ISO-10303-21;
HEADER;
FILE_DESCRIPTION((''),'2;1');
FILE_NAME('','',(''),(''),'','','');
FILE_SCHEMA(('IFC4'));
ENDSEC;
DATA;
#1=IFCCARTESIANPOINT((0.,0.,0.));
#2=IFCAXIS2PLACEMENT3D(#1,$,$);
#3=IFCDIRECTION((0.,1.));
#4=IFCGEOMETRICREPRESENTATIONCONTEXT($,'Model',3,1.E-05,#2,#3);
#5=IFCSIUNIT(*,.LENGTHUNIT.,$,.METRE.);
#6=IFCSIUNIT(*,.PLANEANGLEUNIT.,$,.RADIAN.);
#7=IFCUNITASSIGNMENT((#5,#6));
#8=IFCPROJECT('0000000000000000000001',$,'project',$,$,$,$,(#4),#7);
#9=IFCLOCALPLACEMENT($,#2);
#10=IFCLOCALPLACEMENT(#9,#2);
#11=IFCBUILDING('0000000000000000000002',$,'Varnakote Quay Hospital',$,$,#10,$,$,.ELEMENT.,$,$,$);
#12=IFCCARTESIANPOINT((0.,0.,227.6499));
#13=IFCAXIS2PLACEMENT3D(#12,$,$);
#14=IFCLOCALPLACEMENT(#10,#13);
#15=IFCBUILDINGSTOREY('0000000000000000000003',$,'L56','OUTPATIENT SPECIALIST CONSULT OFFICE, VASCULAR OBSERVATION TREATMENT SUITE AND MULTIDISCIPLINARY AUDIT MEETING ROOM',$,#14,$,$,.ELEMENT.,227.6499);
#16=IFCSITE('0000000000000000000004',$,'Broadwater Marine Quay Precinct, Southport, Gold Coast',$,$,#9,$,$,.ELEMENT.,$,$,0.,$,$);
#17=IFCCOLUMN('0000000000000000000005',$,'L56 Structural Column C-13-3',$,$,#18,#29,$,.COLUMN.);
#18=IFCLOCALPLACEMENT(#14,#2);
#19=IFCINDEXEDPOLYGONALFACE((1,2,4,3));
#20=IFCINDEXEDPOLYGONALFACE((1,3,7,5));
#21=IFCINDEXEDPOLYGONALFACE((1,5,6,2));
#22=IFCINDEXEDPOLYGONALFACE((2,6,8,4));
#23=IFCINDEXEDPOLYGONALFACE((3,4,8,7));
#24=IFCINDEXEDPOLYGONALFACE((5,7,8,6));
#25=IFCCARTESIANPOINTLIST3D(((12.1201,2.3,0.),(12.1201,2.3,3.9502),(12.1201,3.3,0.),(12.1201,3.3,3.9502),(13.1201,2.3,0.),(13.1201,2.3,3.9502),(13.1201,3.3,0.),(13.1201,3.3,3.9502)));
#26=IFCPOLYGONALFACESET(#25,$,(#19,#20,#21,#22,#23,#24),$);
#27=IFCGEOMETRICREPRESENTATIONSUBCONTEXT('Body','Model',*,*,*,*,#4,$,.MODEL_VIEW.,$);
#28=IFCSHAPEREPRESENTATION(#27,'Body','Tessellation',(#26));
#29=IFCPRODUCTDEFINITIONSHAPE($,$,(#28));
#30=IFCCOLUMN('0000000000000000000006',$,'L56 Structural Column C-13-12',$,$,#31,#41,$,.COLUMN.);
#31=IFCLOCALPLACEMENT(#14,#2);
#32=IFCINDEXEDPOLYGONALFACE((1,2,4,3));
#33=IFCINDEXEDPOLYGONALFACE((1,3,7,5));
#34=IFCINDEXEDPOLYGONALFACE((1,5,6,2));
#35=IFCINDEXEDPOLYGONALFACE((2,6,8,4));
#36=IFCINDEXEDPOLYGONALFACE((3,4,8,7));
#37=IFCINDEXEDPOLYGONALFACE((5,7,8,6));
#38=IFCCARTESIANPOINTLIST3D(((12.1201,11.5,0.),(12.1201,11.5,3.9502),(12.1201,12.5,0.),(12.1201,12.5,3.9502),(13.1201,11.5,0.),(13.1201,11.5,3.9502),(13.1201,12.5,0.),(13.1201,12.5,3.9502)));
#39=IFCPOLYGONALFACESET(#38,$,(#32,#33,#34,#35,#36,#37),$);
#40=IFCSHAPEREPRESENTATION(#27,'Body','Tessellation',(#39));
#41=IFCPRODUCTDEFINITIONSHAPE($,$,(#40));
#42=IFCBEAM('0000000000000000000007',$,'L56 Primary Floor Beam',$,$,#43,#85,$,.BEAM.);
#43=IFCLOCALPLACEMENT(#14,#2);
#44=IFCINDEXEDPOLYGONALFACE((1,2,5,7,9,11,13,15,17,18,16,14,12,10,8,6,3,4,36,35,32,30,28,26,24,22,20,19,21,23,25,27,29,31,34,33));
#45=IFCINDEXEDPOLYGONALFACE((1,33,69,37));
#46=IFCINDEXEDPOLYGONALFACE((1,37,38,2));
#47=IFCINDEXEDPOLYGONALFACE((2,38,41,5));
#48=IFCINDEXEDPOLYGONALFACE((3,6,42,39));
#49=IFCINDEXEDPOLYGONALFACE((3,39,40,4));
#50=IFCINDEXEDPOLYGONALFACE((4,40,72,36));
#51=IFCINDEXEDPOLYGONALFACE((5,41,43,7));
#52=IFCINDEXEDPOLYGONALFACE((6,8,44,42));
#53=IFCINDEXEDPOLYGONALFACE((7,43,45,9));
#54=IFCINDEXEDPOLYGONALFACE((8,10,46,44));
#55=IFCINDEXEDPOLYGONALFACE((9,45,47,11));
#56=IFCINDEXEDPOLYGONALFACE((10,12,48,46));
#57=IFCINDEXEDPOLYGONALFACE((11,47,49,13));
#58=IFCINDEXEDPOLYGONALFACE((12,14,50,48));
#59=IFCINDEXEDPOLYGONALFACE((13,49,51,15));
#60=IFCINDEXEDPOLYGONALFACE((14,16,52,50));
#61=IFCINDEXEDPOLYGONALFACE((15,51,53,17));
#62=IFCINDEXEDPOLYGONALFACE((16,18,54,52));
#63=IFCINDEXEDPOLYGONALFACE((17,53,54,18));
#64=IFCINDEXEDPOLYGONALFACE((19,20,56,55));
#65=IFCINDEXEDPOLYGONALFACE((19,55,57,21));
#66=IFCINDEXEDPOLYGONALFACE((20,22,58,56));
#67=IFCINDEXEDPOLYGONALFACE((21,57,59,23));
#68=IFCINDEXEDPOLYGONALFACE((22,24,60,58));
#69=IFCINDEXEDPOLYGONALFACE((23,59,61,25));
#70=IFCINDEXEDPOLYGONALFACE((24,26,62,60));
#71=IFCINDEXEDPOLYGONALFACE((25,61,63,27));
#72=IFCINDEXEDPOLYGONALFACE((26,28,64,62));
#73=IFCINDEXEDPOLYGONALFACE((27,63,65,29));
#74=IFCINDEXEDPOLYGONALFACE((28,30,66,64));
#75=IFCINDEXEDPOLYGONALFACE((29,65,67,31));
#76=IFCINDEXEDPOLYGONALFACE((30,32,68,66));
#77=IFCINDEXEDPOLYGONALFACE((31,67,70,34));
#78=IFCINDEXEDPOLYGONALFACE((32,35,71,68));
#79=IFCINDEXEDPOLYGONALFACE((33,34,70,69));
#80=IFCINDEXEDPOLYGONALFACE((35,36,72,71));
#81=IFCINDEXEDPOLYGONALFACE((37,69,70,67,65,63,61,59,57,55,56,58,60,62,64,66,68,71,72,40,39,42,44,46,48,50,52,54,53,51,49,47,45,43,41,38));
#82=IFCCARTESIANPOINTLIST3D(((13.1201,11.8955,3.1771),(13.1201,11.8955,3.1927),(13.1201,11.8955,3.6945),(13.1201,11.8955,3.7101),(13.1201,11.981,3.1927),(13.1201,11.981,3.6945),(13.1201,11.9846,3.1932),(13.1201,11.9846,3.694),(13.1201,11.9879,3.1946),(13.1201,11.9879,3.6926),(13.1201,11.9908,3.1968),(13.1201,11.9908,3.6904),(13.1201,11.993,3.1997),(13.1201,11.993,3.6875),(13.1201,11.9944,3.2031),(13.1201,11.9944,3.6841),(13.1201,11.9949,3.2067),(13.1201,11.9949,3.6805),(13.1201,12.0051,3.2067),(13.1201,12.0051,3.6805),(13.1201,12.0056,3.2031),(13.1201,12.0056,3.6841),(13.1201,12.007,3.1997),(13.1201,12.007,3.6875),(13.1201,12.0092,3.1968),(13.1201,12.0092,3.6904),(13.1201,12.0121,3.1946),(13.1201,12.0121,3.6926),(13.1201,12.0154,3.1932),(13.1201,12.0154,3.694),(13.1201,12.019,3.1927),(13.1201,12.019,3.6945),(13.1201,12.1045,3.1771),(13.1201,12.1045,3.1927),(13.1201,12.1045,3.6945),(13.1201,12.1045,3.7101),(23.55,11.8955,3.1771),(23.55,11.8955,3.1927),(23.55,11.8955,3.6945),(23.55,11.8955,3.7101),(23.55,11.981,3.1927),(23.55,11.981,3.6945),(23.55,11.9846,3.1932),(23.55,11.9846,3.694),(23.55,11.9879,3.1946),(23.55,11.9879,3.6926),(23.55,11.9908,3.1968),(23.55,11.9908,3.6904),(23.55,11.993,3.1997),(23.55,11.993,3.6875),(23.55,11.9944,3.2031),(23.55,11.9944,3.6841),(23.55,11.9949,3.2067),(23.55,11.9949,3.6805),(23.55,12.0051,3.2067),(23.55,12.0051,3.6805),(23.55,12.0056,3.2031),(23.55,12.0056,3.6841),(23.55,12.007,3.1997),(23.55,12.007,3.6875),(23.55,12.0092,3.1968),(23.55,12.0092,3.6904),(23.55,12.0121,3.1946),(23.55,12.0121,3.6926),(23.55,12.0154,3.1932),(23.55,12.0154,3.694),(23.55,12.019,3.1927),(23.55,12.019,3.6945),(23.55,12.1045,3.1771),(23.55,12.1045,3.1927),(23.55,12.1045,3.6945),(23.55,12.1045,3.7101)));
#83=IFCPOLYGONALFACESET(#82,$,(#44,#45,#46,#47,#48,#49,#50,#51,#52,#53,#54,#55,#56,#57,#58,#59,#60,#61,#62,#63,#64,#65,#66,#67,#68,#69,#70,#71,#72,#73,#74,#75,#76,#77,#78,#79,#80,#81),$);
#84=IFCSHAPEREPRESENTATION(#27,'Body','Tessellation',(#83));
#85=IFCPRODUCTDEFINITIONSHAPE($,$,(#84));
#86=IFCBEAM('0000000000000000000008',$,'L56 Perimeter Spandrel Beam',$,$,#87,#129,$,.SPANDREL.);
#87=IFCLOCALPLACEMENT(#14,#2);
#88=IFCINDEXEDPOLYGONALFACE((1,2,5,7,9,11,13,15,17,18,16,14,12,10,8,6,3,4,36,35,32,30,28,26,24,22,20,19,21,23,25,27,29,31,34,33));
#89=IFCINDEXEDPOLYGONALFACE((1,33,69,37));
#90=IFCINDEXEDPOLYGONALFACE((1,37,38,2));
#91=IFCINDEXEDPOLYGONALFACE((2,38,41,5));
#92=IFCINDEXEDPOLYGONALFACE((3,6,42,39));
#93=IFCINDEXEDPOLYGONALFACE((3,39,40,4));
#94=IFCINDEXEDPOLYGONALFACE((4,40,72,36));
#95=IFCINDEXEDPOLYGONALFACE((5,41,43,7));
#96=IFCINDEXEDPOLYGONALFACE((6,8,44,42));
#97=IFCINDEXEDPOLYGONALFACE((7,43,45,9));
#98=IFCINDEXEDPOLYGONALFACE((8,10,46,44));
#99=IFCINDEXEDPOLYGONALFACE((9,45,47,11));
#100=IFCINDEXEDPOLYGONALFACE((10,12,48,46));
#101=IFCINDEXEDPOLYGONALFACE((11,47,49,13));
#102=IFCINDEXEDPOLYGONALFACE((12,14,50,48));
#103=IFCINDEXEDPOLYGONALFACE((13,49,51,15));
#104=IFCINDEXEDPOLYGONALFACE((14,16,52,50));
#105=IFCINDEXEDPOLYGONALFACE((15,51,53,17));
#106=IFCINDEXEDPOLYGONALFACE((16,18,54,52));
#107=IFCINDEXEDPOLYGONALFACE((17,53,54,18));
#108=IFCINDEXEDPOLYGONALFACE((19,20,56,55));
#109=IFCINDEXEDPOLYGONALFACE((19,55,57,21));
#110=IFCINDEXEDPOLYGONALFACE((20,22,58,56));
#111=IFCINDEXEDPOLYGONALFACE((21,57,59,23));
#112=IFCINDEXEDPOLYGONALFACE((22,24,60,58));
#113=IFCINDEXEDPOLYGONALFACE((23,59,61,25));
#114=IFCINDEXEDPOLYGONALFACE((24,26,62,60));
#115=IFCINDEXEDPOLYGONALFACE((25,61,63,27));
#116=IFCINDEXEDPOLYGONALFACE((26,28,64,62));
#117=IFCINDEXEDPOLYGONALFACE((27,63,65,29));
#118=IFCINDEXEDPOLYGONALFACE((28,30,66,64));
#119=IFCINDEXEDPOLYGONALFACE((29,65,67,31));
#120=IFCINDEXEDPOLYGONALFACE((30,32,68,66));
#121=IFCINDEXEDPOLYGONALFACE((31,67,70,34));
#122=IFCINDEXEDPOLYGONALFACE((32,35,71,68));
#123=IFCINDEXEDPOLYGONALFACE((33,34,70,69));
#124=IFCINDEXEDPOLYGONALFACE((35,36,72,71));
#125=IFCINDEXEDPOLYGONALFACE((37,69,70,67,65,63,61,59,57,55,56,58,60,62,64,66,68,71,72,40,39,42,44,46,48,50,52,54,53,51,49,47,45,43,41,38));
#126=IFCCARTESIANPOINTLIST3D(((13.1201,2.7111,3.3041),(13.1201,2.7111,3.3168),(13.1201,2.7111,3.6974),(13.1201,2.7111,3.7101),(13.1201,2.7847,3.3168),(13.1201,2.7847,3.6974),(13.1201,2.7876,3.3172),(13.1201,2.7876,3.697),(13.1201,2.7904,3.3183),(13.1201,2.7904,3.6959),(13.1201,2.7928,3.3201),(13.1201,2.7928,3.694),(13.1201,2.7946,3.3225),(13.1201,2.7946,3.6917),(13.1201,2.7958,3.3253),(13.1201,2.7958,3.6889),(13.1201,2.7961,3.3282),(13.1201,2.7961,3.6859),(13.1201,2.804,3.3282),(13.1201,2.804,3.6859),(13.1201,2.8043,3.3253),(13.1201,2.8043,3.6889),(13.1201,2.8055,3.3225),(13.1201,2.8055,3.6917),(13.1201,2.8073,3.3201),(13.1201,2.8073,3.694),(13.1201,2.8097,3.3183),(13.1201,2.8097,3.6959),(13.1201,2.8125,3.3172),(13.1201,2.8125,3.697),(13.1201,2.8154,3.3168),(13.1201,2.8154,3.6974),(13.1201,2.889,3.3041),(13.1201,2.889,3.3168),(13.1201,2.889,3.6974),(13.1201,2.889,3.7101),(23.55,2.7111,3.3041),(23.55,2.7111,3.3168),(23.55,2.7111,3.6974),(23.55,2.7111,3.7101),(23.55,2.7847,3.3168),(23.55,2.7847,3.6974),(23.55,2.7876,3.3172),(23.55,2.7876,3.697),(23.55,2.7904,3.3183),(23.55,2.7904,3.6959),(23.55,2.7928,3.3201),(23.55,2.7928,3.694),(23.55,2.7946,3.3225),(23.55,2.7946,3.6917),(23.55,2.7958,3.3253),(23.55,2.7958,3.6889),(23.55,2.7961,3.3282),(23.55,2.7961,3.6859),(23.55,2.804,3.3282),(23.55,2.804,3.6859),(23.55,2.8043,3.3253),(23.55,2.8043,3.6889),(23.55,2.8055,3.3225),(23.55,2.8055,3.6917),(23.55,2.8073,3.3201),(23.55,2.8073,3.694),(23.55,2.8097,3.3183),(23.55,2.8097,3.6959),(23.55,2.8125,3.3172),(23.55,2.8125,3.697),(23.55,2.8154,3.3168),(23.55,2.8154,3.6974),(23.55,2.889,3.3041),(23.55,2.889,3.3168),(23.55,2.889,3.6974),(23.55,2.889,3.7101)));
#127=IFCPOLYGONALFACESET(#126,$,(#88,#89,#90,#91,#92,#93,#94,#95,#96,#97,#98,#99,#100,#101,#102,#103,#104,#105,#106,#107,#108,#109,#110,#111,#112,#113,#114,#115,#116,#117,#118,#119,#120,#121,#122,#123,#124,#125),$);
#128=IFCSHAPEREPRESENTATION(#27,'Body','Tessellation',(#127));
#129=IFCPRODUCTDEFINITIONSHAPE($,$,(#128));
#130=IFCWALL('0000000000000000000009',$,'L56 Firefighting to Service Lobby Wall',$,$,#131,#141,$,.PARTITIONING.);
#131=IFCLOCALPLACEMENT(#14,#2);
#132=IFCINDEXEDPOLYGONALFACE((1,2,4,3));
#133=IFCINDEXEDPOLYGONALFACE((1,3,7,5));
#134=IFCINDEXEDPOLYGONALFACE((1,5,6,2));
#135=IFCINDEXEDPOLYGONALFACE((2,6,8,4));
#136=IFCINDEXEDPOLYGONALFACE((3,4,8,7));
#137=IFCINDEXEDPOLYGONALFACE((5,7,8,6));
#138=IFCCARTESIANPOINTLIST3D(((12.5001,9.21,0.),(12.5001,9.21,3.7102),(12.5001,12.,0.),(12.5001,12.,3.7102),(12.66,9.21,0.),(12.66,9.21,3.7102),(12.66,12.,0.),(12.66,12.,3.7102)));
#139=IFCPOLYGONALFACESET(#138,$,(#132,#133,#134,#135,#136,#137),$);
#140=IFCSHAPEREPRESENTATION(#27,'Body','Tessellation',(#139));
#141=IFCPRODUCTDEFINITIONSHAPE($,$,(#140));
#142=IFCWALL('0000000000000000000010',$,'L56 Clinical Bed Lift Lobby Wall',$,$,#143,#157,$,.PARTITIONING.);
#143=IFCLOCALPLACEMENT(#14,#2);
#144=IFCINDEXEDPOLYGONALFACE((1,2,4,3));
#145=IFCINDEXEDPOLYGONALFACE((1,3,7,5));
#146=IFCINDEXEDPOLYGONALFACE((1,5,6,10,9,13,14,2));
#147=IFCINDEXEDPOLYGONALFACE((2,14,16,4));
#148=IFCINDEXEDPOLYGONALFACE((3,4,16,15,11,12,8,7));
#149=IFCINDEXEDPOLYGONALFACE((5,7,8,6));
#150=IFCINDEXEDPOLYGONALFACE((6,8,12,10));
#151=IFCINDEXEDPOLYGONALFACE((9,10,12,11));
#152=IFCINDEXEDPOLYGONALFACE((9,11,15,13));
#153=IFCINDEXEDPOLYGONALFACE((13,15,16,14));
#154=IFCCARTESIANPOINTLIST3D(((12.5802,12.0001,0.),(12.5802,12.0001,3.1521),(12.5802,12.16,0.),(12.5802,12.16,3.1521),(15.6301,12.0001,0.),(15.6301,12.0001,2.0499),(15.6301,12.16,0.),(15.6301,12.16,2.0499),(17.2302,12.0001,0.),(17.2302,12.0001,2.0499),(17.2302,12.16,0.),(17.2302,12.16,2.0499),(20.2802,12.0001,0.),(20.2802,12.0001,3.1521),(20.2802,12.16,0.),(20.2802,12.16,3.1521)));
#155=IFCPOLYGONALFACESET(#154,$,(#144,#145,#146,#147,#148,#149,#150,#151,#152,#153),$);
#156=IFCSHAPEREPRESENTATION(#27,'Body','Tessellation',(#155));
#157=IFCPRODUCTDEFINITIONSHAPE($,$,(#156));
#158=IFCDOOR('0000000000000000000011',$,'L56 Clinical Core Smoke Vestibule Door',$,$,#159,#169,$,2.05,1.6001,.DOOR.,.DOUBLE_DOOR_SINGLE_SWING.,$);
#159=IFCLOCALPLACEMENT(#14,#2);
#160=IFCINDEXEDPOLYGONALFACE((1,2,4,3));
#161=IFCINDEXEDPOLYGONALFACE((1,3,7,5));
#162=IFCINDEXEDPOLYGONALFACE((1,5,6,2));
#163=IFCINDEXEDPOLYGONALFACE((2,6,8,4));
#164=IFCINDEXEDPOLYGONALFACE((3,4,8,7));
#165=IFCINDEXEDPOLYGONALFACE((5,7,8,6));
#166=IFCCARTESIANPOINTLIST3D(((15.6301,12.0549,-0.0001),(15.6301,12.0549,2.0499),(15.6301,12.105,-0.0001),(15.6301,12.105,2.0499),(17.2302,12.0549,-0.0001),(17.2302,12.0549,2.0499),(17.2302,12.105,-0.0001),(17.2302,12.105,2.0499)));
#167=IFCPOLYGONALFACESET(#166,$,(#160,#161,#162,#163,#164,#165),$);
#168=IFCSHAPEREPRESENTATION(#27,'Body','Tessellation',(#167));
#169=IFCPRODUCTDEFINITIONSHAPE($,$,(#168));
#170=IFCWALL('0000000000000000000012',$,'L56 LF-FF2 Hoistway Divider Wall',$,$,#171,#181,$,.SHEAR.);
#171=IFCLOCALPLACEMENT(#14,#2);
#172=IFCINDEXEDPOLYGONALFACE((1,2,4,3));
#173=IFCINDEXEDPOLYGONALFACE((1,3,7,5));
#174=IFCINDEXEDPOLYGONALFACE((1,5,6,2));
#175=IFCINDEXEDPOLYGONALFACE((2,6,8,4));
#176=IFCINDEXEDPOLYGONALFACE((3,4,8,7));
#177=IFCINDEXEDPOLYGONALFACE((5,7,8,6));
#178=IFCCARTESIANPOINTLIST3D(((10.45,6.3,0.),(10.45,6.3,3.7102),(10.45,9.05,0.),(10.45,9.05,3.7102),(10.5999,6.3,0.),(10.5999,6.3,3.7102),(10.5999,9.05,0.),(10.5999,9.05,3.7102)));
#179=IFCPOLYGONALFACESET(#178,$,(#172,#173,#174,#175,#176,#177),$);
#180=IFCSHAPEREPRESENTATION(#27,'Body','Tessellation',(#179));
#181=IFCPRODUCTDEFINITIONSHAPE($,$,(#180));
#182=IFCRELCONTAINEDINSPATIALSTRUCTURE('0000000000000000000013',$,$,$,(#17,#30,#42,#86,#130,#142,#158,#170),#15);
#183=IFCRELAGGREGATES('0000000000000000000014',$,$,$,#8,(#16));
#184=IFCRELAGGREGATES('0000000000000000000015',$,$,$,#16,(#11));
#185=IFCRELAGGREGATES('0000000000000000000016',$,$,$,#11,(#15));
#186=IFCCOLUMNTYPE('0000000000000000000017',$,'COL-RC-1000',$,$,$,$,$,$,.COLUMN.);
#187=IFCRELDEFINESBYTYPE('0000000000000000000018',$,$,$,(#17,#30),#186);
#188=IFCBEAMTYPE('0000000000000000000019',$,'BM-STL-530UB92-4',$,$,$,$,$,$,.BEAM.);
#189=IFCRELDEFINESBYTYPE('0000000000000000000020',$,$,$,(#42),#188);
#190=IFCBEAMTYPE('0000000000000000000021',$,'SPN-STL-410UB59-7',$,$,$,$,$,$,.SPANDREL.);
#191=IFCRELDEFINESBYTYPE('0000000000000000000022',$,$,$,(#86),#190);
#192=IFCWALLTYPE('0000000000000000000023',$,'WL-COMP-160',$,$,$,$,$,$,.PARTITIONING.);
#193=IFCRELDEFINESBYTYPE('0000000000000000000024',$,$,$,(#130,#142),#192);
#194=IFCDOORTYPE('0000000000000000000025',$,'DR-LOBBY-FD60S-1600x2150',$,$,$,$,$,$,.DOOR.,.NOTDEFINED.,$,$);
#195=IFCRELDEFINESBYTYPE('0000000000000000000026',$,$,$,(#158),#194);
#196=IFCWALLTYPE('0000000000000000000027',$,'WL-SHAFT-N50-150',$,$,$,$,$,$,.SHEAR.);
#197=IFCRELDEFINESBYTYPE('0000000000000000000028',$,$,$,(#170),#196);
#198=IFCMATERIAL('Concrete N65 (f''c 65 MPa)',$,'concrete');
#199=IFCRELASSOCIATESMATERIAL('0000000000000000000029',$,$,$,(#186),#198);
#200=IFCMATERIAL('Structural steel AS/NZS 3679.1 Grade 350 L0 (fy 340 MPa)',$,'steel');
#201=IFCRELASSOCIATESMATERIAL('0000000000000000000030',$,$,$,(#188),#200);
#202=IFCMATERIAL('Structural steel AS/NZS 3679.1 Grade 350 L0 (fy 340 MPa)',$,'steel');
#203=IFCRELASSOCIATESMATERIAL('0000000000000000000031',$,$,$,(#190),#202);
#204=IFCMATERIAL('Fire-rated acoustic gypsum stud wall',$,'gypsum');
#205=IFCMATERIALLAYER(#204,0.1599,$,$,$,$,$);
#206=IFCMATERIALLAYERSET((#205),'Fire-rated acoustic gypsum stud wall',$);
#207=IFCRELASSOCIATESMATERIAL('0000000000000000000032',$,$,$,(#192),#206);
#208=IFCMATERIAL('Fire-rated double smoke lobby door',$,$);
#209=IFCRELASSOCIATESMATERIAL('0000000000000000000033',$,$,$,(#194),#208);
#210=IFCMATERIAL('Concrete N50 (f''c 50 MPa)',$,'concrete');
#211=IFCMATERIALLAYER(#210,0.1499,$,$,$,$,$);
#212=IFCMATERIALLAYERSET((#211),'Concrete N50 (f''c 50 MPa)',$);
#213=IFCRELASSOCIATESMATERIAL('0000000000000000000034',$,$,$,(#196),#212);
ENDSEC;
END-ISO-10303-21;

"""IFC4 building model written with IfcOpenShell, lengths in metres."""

from ifc_helpers import new_model, si_unit, direction, frame, frame_2d, origin, origin_2d, place, context, subcontext, project, spatial, rectangle, i_section, extrude, material, layer, layer_set, material_profile, profile_set, type_object, element, fill, save


model = new_model("IFC4")

# Units and contexts
model_context = context("Model", 3, precision=1e-05, world=origin(), true_north=direction((0.0, 1.0)))
body_context = subcontext(model_context, "Body", "Model", "MODEL_VIEW")
ifc_project = project(units=[si_unit("LENGTHUNIT", "METRE"), si_unit("PLANEANGLEUNIT", "RADIAN")], contexts=[model_context])

# Site, building, storey
site_placement = place(None, origin())
site = spatial("IfcSite", under=ifc_project, at=site_placement, Name="Broadwater Marine Quay Precinct, Southport, Gold Coast", CompositionType="ELEMENT", RefElevation=0.0)
building_placement = place(site_placement, origin())
building = spatial("IfcBuilding", under=site, at=building_placement, Name="Varnakote Quay Hospital", CompositionType="ELEMENT")
storey_placement = place(building_placement, frame((0.0, 0.0, 227.6499)))
storey = spatial("IfcBuildingStorey", under=building, at=storey_placement, Name="L56", Description="OUTPATIENT SPECIALIST CONSULT OFFICE, VASCULAR OBSERVATION TREATMENT SUITE AND MULTIDISCIPLINARY AUDIT MEETING ROOM", CompositionType="ELEMENT", Elevation=227.6499)

# Columns
ifc_material_1 = material(Name="Concrete N65 (f'c 65 MPa)", Category="concrete")
ifc_material_profile_1 = material_profile(ifc_material_1, rectangle(XDim=1.0, YDim=1.0, at=origin_2d()), Name="RC-COL-1000x1000")
ifc_profile_set_1 = profile_set([ifc_material_profile_1], Name="Concrete N65 (f'c 65 MPa)")
column_type = type_object("IfcColumnType", Name="COL-RC-1000", PredefinedType="COLUMN", material=ifc_profile_set_1)
for number, where, z_axis, x_axis, name in (
    (1, (12.6201, 2.8, 0.0), (0.0, 0.0, 1.0), (1.0, 0.0, 0.0), "L56 Structural Column C-13-3"),
    (2, (12.6201, 12.0, 0.0), (0.0, 0.0, 1.0), (1.0, 0.0, 0.0), "L56 Structural Column C-13-12"),
):
    element("IfcColumn", number, at=place(storey_placement, frame(where, z_axis=z_axis, x_axis=x_axis)), inside=storey, type_object=column_type, Name=name, PredefinedType="COLUMN", context=body_context, shape_type="SweptSolid", body=[
        extrude(rectangle(XDim=1.0, YDim=1.0, at=origin_2d()), origin(), (0.0, 0.0, 1.0), 3.9502),
    ])

# Beams
ifc_material_2 = material(Name="Structural steel AS/NZS 3679.1 Grade 350 L0 (fy 340 MPa)", Category="steel")
ifc_material_profile_2 = material_profile(ifc_material_2, i_section(OverallWidth=0.209, OverallDepth=0.533, WebThickness=0.0103, FlangeThickness=0.0156, FilletRadius=0.0139, at=origin_2d()), Name="530UB92.4")
ifc_profile_set_2 = profile_set([ifc_material_profile_2], Name="Structural steel AS/NZS 3679.1 Grade 350 L0 (fy 340 MPa)")
beam_type_1 = type_object("IfcBeamType", Name="BM-STL-530UB92-4", PredefinedType="BEAM", material=ifc_profile_set_2)
beam_1_placement = place(storey_placement, frame((13.1201, 12.0, 3.4436), z_axis=(1.0, 0.0, 0.0), x_axis=(0.0, 1.0, 0.0)))
element("IfcBeam", 3, at=beam_1_placement, inside=storey, type_object=beam_type_1, Name="L56 Primary Floor Beam", PredefinedType="BEAM", context=body_context, shape_type="SweptSolid", body=[
    extrude(i_section(OverallWidth=0.209, OverallDepth=0.533, WebThickness=0.0103, FlangeThickness=0.0156, FilletRadius=0.0139, at=origin_2d()), origin(), (0.0, 0.0, 1.0), 10.4299),
])
ifc_material_3 = material(Name="Structural steel AS/NZS 3679.1 Grade 350 L0 (fy 340 MPa)", Category="steel")
ifc_material_profile_3 = material_profile(ifc_material_3, i_section(OverallWidth=0.178, OverallDepth=0.406, WebThickness=0.0078, FlangeThickness=0.0127, FilletRadius=0.0115, at=origin_2d()), Name="410UB59.7")
ifc_profile_set_3 = profile_set([ifc_material_profile_3], Name="Structural steel AS/NZS 3679.1 Grade 350 L0 (fy 340 MPa)")
beam_type_2 = type_object("IfcBeamType", Name="SPN-STL-410UB59-7", PredefinedType="SPANDREL", material=ifc_profile_set_3)
beam_2_placement = place(storey_placement, frame((13.1201, 2.8, 3.5071), z_axis=(1.0, 0.0, 0.0), x_axis=(0.0, 1.0, 0.0)))
element("IfcBeam", 4, at=beam_2_placement, inside=storey, type_object=beam_type_2, Name="L56 Perimeter Spandrel Beam", PredefinedType="SPANDREL", context=body_context, shape_type="SweptSolid", body=[
    extrude(i_section(OverallWidth=0.178, OverallDepth=0.406, WebThickness=0.0078, FlangeThickness=0.0127, FilletRadius=0.0115, at=origin_2d()), origin(), (0.0, 0.0, 1.0), 10.4299),
])

# Wall
ifc_material_4 = material(Name="Fire-rated acoustic gypsum stud wall", Category="gypsum")
ifc_layer_1 = layer(ifc_material_4, 0.1599)
ifc_layer_set_1 = layer_set([ifc_layer_1], Name="Fire-rated acoustic gypsum stud wall")
wall_type_1 = type_object("IfcWallType", Name="WL-COMP-160", PredefinedType="PARTITIONING", material=ifc_layer_set_1)
wall_1_placement = place(storey_placement, frame((12.5801, 9.21, 0.0), z_axis=(0.0, 0.0, 1.0), x_axis=(0.0, 1.0, 0.0)))
element("IfcWall", 5, at=wall_1_placement, inside=storey, type_object=wall_type_1, Name="L56 Firefighting to Service Lobby Wall", PredefinedType="PARTITIONING", context=body_context, shape_type="SweptSolid", body=[
    extrude(rectangle(XDim=2.79, YDim=0.1599, at=frame_2d((1.395, 0.0))), origin(), (0.0, 0.0, 1.0), 3.7102),
])

# Wall, opening, door
wall_2_placement = place(storey_placement, frame((12.5801, 12.0801, 0.0), z_axis=(0.0, 0.0, 1.0), x_axis=(1.0, 0.0, 0.0)))
wall_2 = element("IfcWall", 6, at=wall_2_placement, inside=storey, type_object=wall_type_1, Name="L56 Clinical Bed Lift Lobby Wall", PredefinedType="PARTITIONING", context=body_context, shape_type="SweptSolid", body=[
    extrude(rectangle(XDim=7.7, YDim=0.1599, at=frame_2d((3.8501, 0.0))), origin(), (0.0, 0.0, 1.0), 3.1521),
])
opening_1_placement = place(wall_2_placement, frame((3.05, 0.0, 0.0)))
opening_1 = element("IfcOpeningElement", 7, at=opening_1_placement, cuts=wall_2, PredefinedType="OPENING", context=body_context, shape_type="SweptSolid", body=[
    extrude(rectangle(XDim=1.6001, YDim=2.05, at=frame_2d((0.8, 1.0249))), frame((0.0, 0.0898, 0.0), z_axis=(0.0, -1.0, 0.0), x_axis=(1.0, 0.0, 0.0)), (0.0, 0.0, 1.0), 0.1799),
])
ifc_material_5 = material(Name="Fire-rated double smoke lobby door")
door_type_1 = type_object("IfcDoorType", Name="DR-LOBBY-FD60S-1600x2150", OperationType="NOTDEFINED", PredefinedType="DOOR", material=ifc_material_5)
door_1_placement = place(opening_1_placement, origin())
door_1 = element("IfcDoor", 8, at=door_1_placement, inside=storey, type_object=door_type_1, Name="L56 Clinical Core Smoke Vestibule Door", OperationType="DOUBLE_DOOR_SINGLE_SWING", OverallHeight=2.05, OverallWidth=1.6001, PredefinedType="DOOR", context=body_context, shape_type="SweptSolid", body=[
    extrude(rectangle(XDim=1.6001, YDim=2.05, at=frame_2d((0.8, 1.0249))), frame((0.0, 0.0249, 0.0), z_axis=(0.0, -1.0, 0.0), x_axis=(1.0, 0.0, 0.0)), (0.0, 0.0, 1.0), 0.05),
])
fill(opening_1, door_1)

# Wall
ifc_material_6 = material(Name="Concrete N50 (f'c 50 MPa)", Category="concrete")
ifc_layer_2 = layer(ifc_material_6, 0.1499)
ifc_layer_set_2 = layer_set([ifc_layer_2], Name="Concrete N50 (f'c 50 MPa)")
wall_type_2 = type_object("IfcWallType", Name="WL-SHAFT-N50-150", PredefinedType="SHEAR", material=ifc_layer_set_2)
for number, where, z_axis, x_axis, name in (
    (9, (10.5249, 6.3, 0.0), (0.0, 0.0, 1.0), (0.0, 1.0, 0.0), "L56 LF-FF2 Hoistway Divider Wall"),
):
    element("IfcWall", number, at=place(storey_placement, frame(where, z_axis=z_axis, x_axis=x_axis)), inside=storey, type_object=wall_type_2, Name=name, PredefinedType="SHEAR", context=body_context, shape_type="SweptSolid", body=[
        extrude(rectangle(XDim=2.75, YDim=0.1499, at=frame_2d((1.375, 0.0))), origin(), (0.0, 0.0, 1.0), 3.7102),
    ])

save(model, "model.ifc")
